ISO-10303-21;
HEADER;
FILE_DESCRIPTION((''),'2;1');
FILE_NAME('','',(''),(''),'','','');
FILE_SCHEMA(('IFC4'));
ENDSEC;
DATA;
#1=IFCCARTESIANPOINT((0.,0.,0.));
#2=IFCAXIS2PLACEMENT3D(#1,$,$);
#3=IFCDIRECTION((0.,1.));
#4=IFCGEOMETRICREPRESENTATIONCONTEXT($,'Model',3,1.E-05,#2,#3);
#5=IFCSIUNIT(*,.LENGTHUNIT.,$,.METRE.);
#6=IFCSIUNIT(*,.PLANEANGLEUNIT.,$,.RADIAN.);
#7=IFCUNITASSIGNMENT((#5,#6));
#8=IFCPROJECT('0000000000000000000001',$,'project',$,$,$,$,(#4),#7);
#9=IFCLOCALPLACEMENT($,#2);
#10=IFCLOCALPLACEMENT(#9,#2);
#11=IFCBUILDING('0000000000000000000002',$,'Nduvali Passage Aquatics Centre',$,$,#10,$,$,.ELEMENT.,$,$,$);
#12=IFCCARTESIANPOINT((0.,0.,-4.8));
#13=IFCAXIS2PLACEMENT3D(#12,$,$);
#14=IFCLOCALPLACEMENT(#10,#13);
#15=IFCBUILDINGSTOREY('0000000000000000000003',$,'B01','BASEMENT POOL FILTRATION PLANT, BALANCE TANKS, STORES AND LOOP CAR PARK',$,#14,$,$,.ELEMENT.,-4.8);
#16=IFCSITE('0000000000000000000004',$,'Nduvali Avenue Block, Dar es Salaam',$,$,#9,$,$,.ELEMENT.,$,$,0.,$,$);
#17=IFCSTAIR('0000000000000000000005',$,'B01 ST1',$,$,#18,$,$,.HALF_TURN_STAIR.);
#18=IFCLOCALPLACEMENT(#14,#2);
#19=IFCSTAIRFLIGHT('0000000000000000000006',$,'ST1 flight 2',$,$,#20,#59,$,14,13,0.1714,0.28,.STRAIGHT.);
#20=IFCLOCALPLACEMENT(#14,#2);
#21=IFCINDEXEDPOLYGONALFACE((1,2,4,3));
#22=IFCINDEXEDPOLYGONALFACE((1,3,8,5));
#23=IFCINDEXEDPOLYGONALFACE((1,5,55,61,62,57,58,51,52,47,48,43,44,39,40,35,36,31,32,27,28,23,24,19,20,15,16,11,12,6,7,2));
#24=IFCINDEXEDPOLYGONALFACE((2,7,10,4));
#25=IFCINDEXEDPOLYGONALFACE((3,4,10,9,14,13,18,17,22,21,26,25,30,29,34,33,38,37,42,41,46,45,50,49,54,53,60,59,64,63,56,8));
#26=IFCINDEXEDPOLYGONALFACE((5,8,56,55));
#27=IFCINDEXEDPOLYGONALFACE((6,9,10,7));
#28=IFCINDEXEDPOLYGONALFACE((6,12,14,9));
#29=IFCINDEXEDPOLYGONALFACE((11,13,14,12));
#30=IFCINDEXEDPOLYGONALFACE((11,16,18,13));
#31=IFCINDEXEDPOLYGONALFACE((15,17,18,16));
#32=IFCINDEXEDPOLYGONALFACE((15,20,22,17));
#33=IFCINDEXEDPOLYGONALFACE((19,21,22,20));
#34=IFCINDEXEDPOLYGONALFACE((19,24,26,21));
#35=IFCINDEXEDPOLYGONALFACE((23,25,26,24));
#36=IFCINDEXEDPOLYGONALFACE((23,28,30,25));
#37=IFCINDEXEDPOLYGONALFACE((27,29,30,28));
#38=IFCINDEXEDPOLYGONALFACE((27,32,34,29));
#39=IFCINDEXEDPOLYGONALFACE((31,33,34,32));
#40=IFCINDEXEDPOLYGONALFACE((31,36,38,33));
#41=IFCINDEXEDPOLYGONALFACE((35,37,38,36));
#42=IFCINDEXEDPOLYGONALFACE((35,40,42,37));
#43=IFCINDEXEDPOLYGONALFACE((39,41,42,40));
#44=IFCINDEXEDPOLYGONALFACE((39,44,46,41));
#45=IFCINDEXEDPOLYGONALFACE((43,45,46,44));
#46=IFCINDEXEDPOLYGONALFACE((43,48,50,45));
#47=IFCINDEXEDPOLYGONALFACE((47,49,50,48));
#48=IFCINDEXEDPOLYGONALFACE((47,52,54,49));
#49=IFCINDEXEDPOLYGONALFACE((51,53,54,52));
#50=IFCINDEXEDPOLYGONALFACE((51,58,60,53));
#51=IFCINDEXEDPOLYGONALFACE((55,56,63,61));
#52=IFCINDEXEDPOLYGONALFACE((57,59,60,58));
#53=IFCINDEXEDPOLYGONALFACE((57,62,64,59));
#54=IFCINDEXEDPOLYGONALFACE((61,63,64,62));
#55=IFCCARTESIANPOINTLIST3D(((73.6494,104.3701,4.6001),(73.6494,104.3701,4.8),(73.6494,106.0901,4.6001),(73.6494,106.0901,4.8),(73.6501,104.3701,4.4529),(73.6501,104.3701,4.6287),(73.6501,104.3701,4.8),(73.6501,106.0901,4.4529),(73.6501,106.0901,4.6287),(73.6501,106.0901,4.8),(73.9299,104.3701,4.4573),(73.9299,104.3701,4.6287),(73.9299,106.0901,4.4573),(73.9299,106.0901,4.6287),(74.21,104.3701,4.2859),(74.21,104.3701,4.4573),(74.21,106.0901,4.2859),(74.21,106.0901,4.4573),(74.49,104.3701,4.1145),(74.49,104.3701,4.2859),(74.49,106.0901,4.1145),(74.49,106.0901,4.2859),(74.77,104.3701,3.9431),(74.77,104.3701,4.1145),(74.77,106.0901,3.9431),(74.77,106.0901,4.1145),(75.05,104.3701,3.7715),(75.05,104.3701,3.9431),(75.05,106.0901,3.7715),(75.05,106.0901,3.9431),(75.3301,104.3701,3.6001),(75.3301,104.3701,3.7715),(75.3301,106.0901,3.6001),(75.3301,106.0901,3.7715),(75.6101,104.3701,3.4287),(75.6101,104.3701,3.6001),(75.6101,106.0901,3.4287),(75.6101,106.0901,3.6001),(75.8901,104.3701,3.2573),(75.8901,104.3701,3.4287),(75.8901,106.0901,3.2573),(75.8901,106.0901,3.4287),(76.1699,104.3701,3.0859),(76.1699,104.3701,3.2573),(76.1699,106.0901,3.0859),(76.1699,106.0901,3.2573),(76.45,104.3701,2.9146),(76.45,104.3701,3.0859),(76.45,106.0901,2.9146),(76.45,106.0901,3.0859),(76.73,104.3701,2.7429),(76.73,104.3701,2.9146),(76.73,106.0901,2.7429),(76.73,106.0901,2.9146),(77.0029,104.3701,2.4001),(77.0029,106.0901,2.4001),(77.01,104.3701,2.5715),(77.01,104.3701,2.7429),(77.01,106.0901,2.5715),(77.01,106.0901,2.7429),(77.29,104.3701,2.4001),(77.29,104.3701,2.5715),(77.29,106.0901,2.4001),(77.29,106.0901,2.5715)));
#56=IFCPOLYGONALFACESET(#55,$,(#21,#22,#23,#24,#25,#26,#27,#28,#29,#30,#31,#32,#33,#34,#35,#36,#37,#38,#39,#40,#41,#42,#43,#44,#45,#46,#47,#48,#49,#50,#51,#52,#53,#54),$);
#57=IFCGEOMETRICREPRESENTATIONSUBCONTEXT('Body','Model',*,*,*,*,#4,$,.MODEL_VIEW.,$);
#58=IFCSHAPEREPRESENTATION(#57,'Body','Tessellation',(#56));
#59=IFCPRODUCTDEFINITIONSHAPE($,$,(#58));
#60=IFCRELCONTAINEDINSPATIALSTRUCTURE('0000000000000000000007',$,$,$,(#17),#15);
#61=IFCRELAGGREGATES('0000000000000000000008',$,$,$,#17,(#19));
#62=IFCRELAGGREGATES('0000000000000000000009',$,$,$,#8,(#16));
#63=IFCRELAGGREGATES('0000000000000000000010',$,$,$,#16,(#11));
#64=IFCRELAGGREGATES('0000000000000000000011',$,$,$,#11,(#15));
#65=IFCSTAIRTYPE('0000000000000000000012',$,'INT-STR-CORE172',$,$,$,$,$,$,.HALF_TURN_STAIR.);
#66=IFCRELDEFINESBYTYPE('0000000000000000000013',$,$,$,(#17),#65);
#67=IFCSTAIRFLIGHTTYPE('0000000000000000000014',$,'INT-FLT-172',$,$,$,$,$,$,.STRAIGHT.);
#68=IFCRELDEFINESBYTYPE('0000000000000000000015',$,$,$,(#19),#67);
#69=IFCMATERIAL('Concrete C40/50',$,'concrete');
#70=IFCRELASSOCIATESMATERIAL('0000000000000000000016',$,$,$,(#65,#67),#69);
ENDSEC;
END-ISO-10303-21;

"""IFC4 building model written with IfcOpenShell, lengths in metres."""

from ifc_helpers import new_model, si_unit, direction, frame, origin, place, context, subcontext, project, spatial, polyline, outline, extrude, material, type_object, element, aggregate, save


model = new_model("IFC4")

# Units and contexts
model_context = context("Model", 3, precision=1e-05, world=origin(), true_north=direction((0.0, 1.0)))
body_context = subcontext(model_context, "Body", "Model", "MODEL_VIEW")
ifc_project = project(units=[si_unit("LENGTHUNIT", "METRE"), si_unit("PLANEANGLEUNIT", "RADIAN")], contexts=[model_context])

# Site, building, storey
site_placement = place(None, origin())
site = spatial("IfcSite", under=ifc_project, at=site_placement, Name="Nduvali Avenue Block, Dar es Salaam", CompositionType="ELEMENT", RefElevation=0.0)
building_placement = place(site_placement, origin())
building = spatial("IfcBuilding", under=site, at=building_placement, Name="Nduvali Passage Aquatics Centre", CompositionType="ELEMENT")
storey_placement = place(building_placement, frame((0.0, 0.0, -4.8)))
storey = spatial("IfcBuildingStorey", under=building, at=storey_placement, Name="B01", Description="BASEMENT POOL FILTRATION PLANT, BALANCE TANKS, STORES AND LOOP CAR PARK", CompositionType="ELEMENT", Elevation=-4.8)

# Shared definitions
ifc_material_1 = material(Name="Concrete C40/50", Category="concrete")

# Stair, stair flight
stair_type = type_object("IfcStairType", Name="INT-STR-CORE172", PredefinedType="HALF_TURN_STAIR", material=ifc_material_1)
stair_placement = place(storey_placement, origin())
stair = element("IfcStair", 1, at=stair_placement, inside=storey, type_object=stair_type, Name="B01 ST1", PredefinedType="HALF_TURN_STAIR")
stair_flight_type = type_object("IfcStairFlightType", Name="INT-FLT-172", PredefinedType="STRAIGHT", material=ifc_material_1)
stair_flight_1_placement = place(storey_placement, frame((77.29, 105.23, 2.4001), z_axis=(0.0, 0.0, 1.0), x_axis=(-1.0, 0.0, 0.0)))
stair_flight_1 = element("IfcStairFlight", 2, at=stair_flight_1_placement, type_object=stair_flight_type, Name="ST1 flight 2", NumberOfRisers=14, NumberOfTreads=13, PredefinedType="STRAIGHT", RiserHeight=0.1714, TreadLength=0.28, context=body_context, shape_type="SweptSolid", body=[
    extrude(outline(polyline([(0.0, 0.0), (0.0, 0.1714), (0.28, 0.1714), (0.28, 0.3428), (0.5601, 0.3428), (0.5601, 0.5144), (0.8401, 0.5144), (0.8401, 0.6858), (1.1201, 0.6858), (1.1201, 0.8572), (1.3999, 0.8572), (1.3999, 1.0286), (1.6799, 1.0286), (1.6799, 1.2), (1.96, 1.2), (1.96, 1.3713), (2.24, 1.3713), (2.24, 1.543), (2.52, 1.543), (2.52, 1.7144), (2.8, 1.7144), (2.8, 1.8857), (3.0801, 1.8857), (3.0801, 2.0571), (3.3601, 2.0571), (3.3601, 2.2285), (3.6399, 2.2285), (3.6399, 2.3999), (3.6406, 2.3999), (3.6406, 2.2), (3.6399, 2.0527), (0.2871, 0.0), (0.0, 0.0)])), frame((0.0, 0.8599, 0.0), z_axis=(0.0, -1.0, 0.0), x_axis=(1.0, 0.0, 0.0)), (0.0, 0.0, 1.0), 1.72),
])
aggregate(stair, [stair_flight_1])

save(model, "model.ifc")
